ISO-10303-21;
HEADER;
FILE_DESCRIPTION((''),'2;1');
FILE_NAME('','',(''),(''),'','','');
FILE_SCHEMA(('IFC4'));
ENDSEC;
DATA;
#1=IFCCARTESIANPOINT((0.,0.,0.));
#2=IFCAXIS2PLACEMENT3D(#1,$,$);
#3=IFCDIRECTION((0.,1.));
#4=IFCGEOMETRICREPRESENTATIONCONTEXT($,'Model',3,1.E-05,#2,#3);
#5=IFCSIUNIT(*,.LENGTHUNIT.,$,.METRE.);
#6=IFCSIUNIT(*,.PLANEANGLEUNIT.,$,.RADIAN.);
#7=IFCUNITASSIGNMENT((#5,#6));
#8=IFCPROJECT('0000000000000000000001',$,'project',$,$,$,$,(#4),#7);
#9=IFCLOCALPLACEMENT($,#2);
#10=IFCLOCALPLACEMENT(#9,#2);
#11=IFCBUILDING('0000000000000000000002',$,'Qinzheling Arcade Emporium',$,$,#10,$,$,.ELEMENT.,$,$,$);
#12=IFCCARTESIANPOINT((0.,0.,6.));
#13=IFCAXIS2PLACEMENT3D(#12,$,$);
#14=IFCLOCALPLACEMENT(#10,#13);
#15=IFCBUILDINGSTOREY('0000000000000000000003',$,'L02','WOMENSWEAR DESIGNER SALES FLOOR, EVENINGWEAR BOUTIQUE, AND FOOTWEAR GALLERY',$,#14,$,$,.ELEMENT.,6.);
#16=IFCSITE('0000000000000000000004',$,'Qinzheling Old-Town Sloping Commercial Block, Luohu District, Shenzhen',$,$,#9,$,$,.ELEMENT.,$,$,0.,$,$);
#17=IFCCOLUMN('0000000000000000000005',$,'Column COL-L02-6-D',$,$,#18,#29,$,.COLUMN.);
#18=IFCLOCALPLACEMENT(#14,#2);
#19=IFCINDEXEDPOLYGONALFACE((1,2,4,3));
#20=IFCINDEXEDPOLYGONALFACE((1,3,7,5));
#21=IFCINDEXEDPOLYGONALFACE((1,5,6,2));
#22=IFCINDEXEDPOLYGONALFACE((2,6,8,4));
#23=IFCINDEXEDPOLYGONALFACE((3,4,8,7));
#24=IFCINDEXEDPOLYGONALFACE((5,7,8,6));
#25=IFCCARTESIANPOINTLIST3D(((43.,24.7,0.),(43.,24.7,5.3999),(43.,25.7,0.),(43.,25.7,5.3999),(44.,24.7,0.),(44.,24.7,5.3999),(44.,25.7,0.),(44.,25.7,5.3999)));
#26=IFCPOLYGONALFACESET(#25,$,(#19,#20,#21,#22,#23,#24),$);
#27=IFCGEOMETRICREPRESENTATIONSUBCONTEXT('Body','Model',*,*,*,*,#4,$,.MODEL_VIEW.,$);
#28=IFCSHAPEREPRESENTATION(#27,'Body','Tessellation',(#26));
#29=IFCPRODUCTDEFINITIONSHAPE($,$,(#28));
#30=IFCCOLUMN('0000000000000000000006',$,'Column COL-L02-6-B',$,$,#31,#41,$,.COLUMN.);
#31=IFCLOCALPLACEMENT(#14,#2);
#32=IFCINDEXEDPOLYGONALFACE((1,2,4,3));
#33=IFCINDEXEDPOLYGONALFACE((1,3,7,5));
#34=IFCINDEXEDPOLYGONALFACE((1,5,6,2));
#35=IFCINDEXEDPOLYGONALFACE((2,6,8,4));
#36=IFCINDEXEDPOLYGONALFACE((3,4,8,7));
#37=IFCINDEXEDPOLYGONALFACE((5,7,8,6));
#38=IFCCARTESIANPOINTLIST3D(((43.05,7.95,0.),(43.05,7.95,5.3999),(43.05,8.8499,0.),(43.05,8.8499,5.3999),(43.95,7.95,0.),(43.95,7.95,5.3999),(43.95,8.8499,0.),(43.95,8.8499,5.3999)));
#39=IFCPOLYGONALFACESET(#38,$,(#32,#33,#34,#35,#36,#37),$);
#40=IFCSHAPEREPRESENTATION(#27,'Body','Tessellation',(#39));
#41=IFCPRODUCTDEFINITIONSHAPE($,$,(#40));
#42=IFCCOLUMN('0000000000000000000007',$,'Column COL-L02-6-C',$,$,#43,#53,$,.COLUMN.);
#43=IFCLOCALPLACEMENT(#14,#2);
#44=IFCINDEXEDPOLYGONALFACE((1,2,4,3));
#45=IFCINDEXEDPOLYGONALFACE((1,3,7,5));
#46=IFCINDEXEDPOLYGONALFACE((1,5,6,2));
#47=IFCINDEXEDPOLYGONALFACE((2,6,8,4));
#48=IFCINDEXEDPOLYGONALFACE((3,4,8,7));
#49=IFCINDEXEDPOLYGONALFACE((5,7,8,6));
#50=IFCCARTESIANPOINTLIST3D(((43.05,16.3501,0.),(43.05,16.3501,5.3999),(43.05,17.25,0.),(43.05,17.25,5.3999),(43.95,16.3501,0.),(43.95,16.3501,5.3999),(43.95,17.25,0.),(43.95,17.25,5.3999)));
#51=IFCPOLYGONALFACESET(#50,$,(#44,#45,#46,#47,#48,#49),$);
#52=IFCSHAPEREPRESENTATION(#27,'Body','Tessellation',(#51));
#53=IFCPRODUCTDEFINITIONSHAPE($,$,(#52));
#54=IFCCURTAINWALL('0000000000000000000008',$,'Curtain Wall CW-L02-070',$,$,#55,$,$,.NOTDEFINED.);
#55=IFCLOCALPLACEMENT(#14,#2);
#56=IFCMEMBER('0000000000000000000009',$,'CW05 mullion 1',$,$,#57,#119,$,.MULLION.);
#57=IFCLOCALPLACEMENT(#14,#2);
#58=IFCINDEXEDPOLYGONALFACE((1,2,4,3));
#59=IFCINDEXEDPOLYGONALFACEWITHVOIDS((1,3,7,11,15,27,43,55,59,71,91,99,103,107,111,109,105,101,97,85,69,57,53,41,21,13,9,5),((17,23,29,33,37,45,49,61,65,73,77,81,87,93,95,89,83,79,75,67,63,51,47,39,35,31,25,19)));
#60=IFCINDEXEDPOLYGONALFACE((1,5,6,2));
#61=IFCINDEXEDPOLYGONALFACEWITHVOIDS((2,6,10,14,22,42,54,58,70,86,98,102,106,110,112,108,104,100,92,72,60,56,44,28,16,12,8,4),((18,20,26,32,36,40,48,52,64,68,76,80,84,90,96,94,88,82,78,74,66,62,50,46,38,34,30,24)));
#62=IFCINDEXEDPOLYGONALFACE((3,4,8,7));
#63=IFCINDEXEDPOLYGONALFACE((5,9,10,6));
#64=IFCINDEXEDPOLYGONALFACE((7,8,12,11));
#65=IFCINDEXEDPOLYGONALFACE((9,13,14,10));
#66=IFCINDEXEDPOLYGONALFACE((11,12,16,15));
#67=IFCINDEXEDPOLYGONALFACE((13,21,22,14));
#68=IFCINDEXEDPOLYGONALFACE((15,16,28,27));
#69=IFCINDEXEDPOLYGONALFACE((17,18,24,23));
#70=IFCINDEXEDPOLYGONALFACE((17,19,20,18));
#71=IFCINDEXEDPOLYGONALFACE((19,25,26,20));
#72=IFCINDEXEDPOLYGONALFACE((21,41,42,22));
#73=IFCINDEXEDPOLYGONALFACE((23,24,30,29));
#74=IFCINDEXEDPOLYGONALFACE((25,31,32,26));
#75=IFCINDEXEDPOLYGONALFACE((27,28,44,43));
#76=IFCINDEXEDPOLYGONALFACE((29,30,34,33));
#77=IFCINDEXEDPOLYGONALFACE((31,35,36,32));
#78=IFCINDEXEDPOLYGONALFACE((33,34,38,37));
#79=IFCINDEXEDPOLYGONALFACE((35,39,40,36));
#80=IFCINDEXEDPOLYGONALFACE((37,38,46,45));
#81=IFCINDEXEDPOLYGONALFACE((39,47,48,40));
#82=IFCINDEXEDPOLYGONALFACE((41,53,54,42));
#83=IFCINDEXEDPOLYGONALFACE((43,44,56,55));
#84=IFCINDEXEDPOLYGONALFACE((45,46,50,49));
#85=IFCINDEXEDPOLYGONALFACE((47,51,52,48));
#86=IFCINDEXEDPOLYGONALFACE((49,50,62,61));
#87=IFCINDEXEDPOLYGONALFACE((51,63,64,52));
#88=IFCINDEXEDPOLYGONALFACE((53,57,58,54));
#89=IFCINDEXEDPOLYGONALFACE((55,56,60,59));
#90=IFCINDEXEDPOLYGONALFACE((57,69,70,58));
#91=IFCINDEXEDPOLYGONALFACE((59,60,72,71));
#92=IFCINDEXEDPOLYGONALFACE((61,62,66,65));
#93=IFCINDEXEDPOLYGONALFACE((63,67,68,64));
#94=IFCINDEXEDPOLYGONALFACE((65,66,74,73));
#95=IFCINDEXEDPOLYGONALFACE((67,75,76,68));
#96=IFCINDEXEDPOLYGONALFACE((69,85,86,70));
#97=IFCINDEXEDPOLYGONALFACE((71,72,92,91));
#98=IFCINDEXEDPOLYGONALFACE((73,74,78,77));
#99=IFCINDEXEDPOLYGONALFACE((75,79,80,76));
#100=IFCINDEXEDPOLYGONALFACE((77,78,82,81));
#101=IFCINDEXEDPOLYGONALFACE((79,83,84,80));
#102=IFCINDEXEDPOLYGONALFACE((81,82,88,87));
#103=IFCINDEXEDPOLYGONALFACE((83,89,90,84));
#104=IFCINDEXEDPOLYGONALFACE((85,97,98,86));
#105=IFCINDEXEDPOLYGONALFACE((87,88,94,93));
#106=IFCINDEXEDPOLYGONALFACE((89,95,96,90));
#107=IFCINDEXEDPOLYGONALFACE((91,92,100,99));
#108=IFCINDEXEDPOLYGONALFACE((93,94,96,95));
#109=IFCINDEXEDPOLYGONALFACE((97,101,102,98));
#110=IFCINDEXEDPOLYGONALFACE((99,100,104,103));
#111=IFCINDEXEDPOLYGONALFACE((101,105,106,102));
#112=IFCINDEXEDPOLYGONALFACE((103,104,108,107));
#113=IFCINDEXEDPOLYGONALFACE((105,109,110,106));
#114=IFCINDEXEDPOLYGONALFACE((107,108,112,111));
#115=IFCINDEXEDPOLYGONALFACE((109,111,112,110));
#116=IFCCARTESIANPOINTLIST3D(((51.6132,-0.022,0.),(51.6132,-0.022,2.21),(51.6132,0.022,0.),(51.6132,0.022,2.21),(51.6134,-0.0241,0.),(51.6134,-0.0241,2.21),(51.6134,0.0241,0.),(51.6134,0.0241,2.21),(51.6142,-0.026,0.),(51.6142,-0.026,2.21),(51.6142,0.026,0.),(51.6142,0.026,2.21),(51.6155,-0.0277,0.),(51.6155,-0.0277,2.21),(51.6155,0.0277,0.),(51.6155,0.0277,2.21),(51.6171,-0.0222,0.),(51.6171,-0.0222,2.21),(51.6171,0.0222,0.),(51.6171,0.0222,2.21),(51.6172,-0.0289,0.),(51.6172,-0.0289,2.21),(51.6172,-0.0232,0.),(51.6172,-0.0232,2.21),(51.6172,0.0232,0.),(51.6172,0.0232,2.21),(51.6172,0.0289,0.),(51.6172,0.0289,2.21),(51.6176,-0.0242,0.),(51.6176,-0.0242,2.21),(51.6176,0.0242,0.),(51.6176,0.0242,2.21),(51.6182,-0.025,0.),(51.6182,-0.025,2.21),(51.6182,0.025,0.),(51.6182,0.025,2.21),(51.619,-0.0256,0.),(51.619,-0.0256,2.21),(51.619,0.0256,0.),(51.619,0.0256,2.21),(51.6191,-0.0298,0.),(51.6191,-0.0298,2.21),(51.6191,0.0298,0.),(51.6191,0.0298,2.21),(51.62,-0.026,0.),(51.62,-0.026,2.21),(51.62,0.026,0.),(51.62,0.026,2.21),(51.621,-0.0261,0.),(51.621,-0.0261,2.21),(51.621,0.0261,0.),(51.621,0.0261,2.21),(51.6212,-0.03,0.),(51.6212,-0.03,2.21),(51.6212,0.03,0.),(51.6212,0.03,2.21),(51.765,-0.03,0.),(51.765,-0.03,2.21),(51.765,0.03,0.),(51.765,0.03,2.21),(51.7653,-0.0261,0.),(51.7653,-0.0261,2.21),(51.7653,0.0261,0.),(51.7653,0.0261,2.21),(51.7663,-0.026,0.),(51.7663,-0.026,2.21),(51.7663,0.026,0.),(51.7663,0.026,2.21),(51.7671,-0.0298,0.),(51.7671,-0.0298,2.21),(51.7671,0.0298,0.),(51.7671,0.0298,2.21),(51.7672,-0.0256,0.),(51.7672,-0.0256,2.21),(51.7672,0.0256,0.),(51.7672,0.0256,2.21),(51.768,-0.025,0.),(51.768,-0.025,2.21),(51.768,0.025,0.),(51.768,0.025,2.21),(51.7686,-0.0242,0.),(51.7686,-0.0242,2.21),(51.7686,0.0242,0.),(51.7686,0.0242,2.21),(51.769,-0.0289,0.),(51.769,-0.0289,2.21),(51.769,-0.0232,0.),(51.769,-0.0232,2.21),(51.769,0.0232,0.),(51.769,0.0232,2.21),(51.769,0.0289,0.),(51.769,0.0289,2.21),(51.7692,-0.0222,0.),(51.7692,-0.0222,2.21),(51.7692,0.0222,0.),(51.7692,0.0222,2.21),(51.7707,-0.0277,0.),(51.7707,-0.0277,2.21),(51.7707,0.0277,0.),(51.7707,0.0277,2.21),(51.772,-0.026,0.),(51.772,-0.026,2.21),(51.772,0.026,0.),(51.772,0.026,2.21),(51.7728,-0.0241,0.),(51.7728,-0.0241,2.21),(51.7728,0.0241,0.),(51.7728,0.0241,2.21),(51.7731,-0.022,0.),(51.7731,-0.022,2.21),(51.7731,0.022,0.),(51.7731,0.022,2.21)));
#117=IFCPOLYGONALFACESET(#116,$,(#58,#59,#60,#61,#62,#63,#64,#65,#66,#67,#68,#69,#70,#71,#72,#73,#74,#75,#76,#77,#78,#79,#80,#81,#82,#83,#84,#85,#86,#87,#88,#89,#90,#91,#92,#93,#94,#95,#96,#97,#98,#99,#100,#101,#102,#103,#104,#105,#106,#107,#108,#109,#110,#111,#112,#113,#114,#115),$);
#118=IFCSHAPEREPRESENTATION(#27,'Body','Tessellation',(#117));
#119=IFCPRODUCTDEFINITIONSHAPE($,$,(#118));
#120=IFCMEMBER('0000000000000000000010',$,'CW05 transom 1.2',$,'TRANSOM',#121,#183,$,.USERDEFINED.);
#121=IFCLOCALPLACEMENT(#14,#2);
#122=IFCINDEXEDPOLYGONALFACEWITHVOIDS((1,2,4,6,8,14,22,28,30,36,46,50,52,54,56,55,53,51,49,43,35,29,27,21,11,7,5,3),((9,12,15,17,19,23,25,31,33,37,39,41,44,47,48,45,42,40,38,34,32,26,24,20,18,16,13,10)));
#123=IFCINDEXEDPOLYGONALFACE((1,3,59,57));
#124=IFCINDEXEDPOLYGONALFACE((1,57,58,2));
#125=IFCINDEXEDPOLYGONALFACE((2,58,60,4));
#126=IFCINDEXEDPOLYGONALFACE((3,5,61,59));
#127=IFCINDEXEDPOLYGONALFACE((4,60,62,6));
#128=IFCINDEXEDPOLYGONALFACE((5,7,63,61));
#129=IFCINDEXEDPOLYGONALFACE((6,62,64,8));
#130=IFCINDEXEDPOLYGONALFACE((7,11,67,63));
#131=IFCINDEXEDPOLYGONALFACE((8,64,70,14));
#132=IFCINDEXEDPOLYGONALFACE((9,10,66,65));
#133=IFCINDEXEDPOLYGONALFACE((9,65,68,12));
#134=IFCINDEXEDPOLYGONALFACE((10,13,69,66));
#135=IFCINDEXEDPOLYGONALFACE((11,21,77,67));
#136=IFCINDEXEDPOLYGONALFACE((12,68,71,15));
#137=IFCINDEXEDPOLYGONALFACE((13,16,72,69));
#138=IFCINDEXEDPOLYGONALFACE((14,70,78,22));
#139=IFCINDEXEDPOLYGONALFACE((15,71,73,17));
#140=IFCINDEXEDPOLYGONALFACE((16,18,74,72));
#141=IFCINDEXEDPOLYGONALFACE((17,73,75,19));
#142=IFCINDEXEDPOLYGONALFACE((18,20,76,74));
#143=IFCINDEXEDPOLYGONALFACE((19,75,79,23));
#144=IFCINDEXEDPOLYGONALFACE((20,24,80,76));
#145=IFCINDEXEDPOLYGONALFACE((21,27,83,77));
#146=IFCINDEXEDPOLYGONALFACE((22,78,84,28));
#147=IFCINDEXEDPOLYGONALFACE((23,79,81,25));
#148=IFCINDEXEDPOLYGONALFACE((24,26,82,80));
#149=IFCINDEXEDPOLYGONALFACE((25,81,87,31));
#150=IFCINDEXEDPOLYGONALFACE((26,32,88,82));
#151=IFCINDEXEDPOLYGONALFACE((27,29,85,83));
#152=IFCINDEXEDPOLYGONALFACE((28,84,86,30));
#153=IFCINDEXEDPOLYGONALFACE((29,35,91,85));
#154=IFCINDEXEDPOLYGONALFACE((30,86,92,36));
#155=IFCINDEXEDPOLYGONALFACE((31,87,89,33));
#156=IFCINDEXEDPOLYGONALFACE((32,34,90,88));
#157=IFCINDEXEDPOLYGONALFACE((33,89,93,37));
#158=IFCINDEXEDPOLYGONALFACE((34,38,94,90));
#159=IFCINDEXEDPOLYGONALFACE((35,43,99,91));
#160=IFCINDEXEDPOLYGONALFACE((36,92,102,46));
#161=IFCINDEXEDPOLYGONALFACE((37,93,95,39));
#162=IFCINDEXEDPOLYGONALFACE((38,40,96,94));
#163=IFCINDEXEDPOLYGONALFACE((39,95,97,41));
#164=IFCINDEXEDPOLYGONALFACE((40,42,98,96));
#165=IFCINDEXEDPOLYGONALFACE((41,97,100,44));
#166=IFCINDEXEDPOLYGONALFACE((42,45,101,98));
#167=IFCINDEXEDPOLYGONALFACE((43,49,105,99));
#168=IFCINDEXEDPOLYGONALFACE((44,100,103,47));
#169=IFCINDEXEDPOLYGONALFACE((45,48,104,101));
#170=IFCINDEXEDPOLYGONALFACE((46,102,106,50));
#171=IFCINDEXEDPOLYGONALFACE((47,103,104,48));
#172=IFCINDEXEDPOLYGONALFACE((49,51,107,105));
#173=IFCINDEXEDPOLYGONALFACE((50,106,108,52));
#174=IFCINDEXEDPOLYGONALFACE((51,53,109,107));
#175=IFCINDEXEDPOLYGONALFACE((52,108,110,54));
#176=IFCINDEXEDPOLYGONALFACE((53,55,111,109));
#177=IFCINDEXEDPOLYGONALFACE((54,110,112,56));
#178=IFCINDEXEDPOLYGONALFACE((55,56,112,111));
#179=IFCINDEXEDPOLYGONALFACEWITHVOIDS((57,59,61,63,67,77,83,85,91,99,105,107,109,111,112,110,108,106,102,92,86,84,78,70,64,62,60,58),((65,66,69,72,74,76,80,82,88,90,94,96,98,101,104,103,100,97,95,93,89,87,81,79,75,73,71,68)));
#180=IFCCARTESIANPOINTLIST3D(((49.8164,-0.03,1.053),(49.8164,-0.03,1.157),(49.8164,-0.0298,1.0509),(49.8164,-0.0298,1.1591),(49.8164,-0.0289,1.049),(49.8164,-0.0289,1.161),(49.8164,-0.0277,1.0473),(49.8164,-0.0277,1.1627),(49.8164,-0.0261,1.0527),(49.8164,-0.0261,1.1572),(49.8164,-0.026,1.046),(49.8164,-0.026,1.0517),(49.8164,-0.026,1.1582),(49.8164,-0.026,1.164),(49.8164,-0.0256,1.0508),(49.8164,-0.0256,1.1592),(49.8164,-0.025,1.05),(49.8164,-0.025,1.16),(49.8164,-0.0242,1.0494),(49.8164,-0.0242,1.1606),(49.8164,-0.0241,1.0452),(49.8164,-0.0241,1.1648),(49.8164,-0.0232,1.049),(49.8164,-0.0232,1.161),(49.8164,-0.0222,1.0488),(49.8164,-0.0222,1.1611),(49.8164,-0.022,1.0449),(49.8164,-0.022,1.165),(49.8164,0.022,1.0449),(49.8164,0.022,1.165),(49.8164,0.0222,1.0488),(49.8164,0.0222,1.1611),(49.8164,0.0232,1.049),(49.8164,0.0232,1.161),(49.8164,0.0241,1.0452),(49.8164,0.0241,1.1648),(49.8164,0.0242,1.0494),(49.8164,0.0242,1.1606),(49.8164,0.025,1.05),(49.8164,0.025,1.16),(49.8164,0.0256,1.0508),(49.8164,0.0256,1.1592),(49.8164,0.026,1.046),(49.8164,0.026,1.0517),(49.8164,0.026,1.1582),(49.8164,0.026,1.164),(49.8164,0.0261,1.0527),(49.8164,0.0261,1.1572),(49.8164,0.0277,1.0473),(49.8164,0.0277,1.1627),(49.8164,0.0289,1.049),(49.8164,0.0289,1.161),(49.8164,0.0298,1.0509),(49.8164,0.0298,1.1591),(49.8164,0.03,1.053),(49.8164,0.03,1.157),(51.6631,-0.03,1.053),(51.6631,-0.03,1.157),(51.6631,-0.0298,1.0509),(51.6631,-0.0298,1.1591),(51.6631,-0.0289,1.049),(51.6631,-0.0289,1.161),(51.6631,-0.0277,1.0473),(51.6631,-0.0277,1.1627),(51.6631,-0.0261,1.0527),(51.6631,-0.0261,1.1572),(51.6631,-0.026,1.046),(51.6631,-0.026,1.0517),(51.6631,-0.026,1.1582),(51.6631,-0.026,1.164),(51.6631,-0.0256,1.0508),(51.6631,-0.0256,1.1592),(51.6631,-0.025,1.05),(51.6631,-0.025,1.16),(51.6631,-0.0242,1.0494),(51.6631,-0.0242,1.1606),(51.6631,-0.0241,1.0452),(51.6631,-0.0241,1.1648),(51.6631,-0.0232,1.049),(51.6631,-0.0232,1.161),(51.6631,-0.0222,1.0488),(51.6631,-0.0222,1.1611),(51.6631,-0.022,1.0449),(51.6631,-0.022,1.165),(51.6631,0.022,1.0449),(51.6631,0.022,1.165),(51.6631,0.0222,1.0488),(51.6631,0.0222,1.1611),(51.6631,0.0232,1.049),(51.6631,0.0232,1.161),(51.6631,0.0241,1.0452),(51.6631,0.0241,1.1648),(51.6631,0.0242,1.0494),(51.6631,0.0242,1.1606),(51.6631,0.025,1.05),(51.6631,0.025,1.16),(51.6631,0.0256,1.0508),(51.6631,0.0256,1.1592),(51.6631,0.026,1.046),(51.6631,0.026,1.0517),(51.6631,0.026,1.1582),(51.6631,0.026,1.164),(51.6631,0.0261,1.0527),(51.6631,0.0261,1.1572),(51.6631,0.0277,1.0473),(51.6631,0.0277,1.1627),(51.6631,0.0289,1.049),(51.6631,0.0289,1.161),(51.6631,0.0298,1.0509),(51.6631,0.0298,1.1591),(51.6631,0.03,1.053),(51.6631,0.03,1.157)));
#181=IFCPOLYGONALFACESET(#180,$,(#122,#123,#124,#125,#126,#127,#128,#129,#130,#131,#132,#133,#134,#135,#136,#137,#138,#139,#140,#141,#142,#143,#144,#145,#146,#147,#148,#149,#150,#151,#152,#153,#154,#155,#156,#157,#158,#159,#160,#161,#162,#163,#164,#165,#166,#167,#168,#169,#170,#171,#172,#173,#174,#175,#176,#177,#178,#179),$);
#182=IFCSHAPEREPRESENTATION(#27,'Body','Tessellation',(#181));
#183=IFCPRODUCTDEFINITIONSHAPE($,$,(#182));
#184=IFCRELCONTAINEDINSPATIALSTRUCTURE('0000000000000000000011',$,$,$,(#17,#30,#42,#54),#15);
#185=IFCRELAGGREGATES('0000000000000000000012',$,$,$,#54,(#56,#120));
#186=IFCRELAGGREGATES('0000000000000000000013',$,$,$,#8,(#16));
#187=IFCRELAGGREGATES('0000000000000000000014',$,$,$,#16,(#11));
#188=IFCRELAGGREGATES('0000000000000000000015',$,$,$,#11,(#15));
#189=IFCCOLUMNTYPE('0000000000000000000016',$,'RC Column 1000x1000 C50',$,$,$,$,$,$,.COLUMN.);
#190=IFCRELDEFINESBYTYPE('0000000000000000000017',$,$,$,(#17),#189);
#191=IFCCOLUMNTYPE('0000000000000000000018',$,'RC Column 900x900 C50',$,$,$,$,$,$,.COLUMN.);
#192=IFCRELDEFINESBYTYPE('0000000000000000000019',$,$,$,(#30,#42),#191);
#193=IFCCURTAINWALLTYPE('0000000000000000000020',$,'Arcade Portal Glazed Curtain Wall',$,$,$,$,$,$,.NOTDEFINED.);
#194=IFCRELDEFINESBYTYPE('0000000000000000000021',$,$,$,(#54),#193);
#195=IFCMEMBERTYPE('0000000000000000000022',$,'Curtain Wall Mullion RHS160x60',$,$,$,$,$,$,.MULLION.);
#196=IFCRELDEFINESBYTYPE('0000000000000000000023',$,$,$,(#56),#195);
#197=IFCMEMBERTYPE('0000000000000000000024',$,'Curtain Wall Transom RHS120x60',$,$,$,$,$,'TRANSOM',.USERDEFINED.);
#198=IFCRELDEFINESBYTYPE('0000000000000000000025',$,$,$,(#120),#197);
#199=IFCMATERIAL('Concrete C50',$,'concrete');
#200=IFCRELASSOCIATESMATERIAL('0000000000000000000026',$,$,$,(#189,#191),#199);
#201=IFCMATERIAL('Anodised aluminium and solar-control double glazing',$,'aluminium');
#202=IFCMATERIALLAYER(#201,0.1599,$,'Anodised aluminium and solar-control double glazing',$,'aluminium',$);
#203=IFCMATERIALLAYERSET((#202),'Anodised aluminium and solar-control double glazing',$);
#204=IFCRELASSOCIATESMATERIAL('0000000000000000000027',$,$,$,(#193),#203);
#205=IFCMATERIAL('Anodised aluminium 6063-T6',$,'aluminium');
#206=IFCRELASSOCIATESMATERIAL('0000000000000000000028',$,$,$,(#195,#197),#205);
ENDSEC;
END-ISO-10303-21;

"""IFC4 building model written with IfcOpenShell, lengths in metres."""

from ifc_helpers import new_model, si_unit, direction, frame, origin, origin_2d, place, context, subcontext, project, spatial, rectangle, hollow_rectangle, extrude, material, layer, layer_set, material_profile, profile_set, type_object, element, aggregate, save


model = new_model("IFC4")

# Units and contexts
model_context = context("Model", 3, precision=1e-05, world=origin(), true_north=direction((0.0, 1.0)))
body_context = subcontext(model_context, "Body", "Model", "MODEL_VIEW")
ifc_project = project(units=[si_unit("LENGTHUNIT", "METRE"), si_unit("PLANEANGLEUNIT", "RADIAN")], contexts=[model_context])

# Site, building, storey
site_placement = place(None, origin())
site = spatial("IfcSite", under=ifc_project, at=site_placement, Name="Qinzheling Old-Town Sloping Commercial Block, Luohu District, Shenzhen", CompositionType="ELEMENT", RefElevation=0.0)
building_placement = place(site_placement, origin())
building = spatial("IfcBuilding", under=site, at=building_placement, Name="Qinzheling Arcade Emporium", CompositionType="ELEMENT")
storey_placement = place(building_placement, frame((0.0, 0.0, 6.0)))
storey = spatial("IfcBuildingStorey", under=building, at=storey_placement, Name="L02", Description="WOMENSWEAR DESIGNER SALES FLOOR, EVENINGWEAR BOUTIQUE, AND FOOTWEAR GALLERY", CompositionType="ELEMENT", Elevation=6.0)

# Columns
ifc_material_1 = material(Name="Concrete C50", Category="concrete")
ifc_material_profile_1 = material_profile(ifc_material_1, rectangle(XDim=1.0, YDim=1.0, at=origin_2d()), Name="RC 1000x1000", Category="concrete")
ifc_profile_set_1 = profile_set([ifc_material_profile_1], Name="Concrete C50")
column_type_1 = type_object("IfcColumnType", Name="RC Column 1000x1000 C50", PredefinedType="COLUMN", material=ifc_profile_set_1)
column_placement = place(storey_placement, frame((43.5, 25.2, 0.0), z_axis=(0.0, 0.0, 1.0), x_axis=(1.0, 0.0, 0.0)))
element("IfcColumn", 1, at=column_placement, inside=storey, type_object=column_type_1, Name="Column COL-L02-6-D", PredefinedType="COLUMN", context=body_context, shape_type="SweptSolid", body=[
    extrude(rectangle(XDim=1.0, YDim=1.0, at=origin_2d()), origin(), (0.0, 0.0, 1.0), 5.3999),
])
ifc_material_profile_2 = material_profile(ifc_material_1, rectangle(XDim=0.8999, YDim=0.8999, at=origin_2d()), Name="RC 900x900", Category="concrete")
ifc_profile_set_2 = profile_set([ifc_material_profile_2], Name="Concrete C50")
column_type_2 = type_object("IfcColumnType", Name="RC Column 900x900 C50", PredefinedType="COLUMN", material=ifc_profile_set_2)
for number, where, z_axis, x_axis, name in (
    (2, (43.5, 8.3999, 0.0), (0.0, 0.0, 1.0), (1.0, 0.0, 0.0), "Column COL-L02-6-B"),
    (3, (43.5, 16.8, 0.0), (0.0, 0.0, 1.0), (1.0, 0.0, 0.0), "Column COL-L02-6-C"),
):
    element("IfcColumn", number, at=place(storey_placement, frame(where, z_axis=z_axis, x_axis=x_axis)), inside=storey, type_object=column_type_2, Name=name, PredefinedType="COLUMN", context=body_context, shape_type="SweptSolid", body=[
        extrude(rectangle(XDim=0.8999, YDim=0.8999, at=origin_2d()), origin(), (0.0, 0.0, 1.0), 5.3999),
    ])

# Curtain wall, members
ifc_material_2 = material(Name="Anodised aluminium and solar-control double glazing", Category="aluminium")
ifc_layer_1 = layer(ifc_material_2, 0.1599, Name="Anodised aluminium and solar-control double glazing", Category="aluminium")
ifc_layer_set_1 = layer_set([ifc_layer_1], Name="Anodised aluminium and solar-control double glazing")
curtain_wall_type = type_object("IfcCurtainWallType", Name="Arcade Portal Glazed Curtain Wall", PredefinedType="NOTDEFINED", material=ifc_layer_set_1)
curtain_wall_placement = place(storey_placement, origin())
curtain_wall = element("IfcCurtainWall", 4, at=curtain_wall_placement, inside=storey, type_object=curtain_wall_type, Name="Curtain Wall CW-L02-070", PredefinedType="NOTDEFINED")
ifc_material_3 = material(Name="Anodised aluminium 6063-T6", Category="aluminium")
ifc_material_profile_3 = material_profile(ifc_material_3, hollow_rectangle(XDim=0.0601, YDim=0.1599, WallThickness=0.0039, InnerFilletRadius=0.0039, OuterFilletRadius=0.0081, at=origin_2d()), Name="RHS 160x60x4", Category="aluminium")
ifc_profile_set_3 = profile_set([ifc_material_profile_3], Name="Anodised aluminium 6063-T6")
member_type_1 = type_object("IfcMemberType", Name="Curtain Wall Mullion RHS160x60", PredefinedType="MULLION", material=ifc_profile_set_3)
member_1_placement = place(storey_placement, frame((51.6931, 0.0, 0.0), z_axis=(0.0, 0.0, 1.0), x_axis=(0.0, -1.0, 0.0)))
member_1 = element("IfcMember", 5, at=member_1_placement, type_object=member_type_1, Name="CW05 mullion 1", PredefinedType="MULLION", context=body_context, shape_type="SweptSolid", body=[
    extrude(hollow_rectangle(XDim=0.0601, YDim=0.1599, WallThickness=0.0039, InnerFilletRadius=0.0039, OuterFilletRadius=0.0081, at=origin_2d()), origin(), (0.0, 0.0, 1.0), 2.21),
])
ifc_material_profile_4 = material_profile(ifc_material_3, hollow_rectangle(XDim=0.0601, YDim=0.1201, WallThickness=0.0039, InnerFilletRadius=0.0039, OuterFilletRadius=0.0081, at=origin_2d()), Name="RHS 120x60x4", Category="aluminium")
ifc_profile_set_4 = profile_set([ifc_material_profile_4], Name="Anodised aluminium 6063-T6")
member_type_2 = type_object("IfcMemberType", Name="Curtain Wall Transom RHS120x60", ElementType="TRANSOM", PredefinedType="USERDEFINED", material=ifc_profile_set_4)
member_2_placement = place(storey_placement, frame((51.6631, 0.0, 1.105), z_axis=(-1.0, 0.0, 0.0), x_axis=(0.0, -1.0, 0.0)))
member_2 = element("IfcMember", 6, at=member_2_placement, type_object=member_type_2, Name="CW05 transom 1.2", ObjectType="TRANSOM", PredefinedType="USERDEFINED", context=body_context, shape_type="SweptSolid", body=[
    extrude(hollow_rectangle(XDim=0.0601, YDim=0.1201, WallThickness=0.0039, InnerFilletRadius=0.0039, OuterFilletRadius=0.0081, at=origin_2d()), origin(), (0.0, 0.0, 1.0), 1.8467),
])
aggregate(curtain_wall, [member_1, member_2])

save(model, "model.ifc")
